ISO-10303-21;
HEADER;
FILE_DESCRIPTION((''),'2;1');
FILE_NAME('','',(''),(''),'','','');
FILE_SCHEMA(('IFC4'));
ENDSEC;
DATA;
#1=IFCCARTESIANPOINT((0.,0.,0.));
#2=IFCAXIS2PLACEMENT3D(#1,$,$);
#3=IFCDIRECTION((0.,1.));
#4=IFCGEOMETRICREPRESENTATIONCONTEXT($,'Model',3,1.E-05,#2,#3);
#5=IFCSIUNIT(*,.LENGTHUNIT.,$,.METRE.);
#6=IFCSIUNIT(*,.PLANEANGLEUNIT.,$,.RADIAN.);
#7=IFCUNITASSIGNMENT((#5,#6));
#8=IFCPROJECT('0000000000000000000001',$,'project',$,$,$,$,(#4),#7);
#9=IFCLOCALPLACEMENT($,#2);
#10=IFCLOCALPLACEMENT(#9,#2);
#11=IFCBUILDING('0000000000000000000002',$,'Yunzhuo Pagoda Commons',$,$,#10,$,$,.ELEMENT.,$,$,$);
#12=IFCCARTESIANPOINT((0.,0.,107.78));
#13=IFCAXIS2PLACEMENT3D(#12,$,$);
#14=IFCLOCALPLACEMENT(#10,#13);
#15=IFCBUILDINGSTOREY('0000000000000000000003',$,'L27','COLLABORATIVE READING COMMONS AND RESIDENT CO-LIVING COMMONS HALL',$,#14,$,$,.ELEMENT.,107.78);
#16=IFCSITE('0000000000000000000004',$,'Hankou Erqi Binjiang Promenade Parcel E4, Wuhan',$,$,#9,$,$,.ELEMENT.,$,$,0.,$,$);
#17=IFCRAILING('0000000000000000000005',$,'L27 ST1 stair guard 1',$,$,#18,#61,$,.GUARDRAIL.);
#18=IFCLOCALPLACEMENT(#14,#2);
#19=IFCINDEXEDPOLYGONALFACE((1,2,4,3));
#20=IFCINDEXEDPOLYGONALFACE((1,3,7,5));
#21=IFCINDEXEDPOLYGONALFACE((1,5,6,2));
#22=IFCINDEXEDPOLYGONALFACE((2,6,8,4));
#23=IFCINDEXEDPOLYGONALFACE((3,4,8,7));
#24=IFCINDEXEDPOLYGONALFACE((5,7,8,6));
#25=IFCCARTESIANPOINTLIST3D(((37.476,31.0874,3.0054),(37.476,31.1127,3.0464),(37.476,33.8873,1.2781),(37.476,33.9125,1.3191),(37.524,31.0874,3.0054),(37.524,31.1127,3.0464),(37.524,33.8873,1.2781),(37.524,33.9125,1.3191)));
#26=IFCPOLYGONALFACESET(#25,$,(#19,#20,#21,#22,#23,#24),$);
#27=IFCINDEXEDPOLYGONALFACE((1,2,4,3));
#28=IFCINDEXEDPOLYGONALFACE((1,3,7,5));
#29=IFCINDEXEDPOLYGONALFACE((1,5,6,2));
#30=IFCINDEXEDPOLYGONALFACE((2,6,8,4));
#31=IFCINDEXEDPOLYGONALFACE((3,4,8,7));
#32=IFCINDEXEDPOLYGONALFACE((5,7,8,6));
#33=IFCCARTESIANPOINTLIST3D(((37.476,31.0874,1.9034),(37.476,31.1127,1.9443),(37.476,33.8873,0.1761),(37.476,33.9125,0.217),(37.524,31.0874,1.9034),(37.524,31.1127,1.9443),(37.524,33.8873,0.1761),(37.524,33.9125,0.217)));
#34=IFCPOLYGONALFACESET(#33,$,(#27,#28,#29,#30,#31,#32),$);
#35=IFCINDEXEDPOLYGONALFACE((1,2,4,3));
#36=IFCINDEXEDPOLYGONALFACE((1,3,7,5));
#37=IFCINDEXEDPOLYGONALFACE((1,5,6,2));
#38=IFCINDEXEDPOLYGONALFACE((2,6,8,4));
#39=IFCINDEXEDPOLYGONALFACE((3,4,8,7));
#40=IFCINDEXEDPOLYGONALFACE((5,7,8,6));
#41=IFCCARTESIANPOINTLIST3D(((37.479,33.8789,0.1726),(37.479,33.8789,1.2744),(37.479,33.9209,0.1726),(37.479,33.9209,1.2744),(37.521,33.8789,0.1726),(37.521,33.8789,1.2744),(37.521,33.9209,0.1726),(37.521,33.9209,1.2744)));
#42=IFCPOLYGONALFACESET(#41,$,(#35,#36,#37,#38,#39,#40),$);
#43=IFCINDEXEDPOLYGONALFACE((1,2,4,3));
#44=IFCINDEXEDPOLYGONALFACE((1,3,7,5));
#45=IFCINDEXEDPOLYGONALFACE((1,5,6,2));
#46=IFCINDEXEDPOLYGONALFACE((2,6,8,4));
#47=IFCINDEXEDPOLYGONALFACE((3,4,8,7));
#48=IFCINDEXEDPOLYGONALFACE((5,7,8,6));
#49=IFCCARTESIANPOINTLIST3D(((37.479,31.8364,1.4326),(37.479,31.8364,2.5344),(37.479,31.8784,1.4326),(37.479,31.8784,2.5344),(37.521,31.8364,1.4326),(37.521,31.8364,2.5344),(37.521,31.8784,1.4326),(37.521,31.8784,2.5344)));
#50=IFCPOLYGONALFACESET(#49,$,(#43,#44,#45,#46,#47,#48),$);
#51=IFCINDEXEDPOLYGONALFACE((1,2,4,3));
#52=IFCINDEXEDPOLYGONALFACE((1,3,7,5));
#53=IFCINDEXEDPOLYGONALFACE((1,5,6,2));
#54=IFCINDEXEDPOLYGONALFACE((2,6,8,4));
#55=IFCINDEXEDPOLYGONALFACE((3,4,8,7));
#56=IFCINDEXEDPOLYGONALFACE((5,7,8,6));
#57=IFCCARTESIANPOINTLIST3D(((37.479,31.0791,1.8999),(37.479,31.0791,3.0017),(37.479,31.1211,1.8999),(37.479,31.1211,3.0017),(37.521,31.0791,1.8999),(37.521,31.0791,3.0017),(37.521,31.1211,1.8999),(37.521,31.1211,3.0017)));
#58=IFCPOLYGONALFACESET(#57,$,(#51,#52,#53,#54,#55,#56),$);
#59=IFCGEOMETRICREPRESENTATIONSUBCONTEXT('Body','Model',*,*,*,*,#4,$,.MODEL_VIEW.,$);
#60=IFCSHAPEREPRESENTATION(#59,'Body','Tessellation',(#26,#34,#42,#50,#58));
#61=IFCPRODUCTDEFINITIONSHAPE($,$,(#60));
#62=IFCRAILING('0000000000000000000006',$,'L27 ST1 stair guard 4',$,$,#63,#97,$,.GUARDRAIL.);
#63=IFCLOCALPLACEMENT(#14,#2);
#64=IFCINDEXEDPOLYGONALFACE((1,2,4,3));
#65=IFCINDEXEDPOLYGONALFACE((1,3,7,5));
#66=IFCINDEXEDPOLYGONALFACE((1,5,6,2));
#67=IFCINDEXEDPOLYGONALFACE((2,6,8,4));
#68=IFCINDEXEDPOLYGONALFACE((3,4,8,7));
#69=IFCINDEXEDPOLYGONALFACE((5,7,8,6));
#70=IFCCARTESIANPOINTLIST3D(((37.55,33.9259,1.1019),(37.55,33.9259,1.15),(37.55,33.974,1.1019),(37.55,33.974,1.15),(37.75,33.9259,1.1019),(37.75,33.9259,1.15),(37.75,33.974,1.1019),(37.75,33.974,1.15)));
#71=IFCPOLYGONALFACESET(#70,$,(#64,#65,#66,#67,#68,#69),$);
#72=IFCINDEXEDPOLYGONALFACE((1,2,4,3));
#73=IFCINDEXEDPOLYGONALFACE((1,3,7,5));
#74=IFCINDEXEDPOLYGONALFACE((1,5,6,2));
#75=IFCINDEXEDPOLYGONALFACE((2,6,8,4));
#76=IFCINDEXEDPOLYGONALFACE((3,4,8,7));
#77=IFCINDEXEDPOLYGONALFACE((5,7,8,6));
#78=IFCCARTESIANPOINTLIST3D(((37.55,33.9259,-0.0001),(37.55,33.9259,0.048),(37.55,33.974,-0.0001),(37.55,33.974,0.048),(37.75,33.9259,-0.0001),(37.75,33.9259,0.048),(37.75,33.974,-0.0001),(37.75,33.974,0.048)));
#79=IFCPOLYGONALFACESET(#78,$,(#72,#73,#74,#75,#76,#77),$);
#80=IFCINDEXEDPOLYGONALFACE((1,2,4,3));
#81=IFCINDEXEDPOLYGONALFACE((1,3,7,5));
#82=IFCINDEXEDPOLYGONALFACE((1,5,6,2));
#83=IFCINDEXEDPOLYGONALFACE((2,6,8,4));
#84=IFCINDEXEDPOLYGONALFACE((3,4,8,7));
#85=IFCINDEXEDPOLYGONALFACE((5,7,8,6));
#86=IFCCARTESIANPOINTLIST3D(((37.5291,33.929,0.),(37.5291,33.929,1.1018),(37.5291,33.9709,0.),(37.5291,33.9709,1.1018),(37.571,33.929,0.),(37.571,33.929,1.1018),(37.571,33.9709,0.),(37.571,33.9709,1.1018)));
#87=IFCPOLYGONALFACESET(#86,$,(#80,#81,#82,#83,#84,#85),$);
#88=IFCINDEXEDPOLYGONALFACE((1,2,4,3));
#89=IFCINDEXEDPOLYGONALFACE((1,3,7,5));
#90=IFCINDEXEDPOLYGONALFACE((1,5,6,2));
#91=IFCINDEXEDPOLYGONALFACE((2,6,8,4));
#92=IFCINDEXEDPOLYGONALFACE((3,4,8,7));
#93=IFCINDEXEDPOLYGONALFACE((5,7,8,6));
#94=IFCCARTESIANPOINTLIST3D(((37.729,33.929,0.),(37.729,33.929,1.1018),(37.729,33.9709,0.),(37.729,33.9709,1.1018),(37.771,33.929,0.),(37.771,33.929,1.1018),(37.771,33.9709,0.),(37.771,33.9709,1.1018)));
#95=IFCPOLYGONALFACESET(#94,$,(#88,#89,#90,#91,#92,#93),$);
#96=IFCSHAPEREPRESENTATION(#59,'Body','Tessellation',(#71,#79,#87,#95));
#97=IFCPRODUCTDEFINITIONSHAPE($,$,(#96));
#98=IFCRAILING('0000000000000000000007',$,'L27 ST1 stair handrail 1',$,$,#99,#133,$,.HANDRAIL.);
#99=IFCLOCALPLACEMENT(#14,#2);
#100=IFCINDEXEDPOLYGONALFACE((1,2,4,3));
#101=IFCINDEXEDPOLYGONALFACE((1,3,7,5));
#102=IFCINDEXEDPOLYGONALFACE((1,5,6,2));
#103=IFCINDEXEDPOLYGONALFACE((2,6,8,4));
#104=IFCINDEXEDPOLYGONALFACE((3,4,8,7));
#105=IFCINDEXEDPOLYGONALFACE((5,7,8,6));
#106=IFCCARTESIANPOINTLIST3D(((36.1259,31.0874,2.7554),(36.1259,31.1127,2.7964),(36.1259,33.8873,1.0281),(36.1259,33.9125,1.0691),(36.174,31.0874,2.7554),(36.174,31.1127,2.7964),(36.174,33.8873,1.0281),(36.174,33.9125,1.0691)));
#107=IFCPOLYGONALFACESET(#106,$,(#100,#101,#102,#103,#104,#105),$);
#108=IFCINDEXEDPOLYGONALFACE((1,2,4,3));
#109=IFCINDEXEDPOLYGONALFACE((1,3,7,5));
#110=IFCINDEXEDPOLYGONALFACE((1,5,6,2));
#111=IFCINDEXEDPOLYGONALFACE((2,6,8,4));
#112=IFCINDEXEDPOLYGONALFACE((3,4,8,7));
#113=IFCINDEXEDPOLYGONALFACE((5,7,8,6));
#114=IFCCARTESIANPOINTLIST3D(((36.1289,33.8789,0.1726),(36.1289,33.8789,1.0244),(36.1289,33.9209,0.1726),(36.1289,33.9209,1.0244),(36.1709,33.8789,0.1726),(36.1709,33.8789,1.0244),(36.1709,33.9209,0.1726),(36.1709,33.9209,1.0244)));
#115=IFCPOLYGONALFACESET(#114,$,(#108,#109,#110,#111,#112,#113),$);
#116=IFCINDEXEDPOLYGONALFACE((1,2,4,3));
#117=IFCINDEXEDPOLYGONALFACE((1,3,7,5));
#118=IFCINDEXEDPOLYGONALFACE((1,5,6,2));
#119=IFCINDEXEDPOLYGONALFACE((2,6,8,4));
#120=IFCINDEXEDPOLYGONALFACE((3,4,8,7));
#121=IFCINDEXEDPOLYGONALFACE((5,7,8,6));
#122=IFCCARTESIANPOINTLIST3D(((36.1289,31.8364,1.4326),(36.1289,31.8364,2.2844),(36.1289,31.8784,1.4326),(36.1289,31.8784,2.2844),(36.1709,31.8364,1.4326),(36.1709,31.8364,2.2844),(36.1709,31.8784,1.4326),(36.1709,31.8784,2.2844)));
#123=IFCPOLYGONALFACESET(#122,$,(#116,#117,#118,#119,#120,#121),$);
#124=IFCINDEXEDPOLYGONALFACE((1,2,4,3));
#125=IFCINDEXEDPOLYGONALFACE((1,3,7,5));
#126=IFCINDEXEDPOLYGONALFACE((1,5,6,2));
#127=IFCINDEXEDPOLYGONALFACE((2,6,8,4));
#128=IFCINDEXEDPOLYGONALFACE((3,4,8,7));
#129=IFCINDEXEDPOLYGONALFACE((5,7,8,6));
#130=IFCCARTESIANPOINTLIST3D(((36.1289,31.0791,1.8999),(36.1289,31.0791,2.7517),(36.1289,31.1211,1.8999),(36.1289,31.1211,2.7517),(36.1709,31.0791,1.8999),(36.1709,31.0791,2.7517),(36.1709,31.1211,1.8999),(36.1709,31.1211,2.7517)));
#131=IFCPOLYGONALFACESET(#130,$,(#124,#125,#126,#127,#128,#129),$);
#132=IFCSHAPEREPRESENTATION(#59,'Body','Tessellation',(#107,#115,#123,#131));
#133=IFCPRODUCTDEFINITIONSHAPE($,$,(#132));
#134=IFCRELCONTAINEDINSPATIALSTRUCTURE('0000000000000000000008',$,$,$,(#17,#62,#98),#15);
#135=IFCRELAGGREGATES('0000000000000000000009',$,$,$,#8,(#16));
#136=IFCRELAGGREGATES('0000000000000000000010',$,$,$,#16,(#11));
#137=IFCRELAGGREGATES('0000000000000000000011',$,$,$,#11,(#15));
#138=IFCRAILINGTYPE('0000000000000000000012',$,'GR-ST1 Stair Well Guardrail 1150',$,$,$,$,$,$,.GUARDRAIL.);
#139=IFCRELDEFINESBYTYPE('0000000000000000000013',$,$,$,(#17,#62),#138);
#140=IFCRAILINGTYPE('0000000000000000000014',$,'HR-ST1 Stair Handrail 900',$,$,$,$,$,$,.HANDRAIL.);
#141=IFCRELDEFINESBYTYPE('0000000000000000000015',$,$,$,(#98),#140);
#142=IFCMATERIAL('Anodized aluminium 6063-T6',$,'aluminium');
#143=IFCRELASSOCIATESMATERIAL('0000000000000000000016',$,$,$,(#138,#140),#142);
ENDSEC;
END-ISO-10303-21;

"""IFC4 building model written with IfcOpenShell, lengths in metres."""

from ifc_helpers import new_model, si_unit, direction, frame, origin, origin_2d, place, context, subcontext, project, spatial, rectangle, extrude, material, type_object, element, save


model = new_model("IFC4")

# Units and contexts
model_context = context("Model", 3, precision=1e-05, world=origin(), true_north=direction((0.0, 1.0)))
body_context = subcontext(model_context, "Body", "Model", "MODEL_VIEW")
ifc_project = project(units=[si_unit("LENGTHUNIT", "METRE"), si_unit("PLANEANGLEUNIT", "RADIAN")], contexts=[model_context])

# Site, building, storey
site_placement = place(None, origin())
site = spatial("IfcSite", under=ifc_project, at=site_placement, Name="Hankou Erqi Binjiang Promenade Parcel E4, Wuhan", CompositionType="ELEMENT", RefElevation=0.0)
building_placement = place(site_placement, origin())
building = spatial("IfcBuilding", under=site, at=building_placement, Name="Yunzhuo Pagoda Commons", CompositionType="ELEMENT")
storey_placement = place(building_placement, frame((0.0, 0.0, 107.78)))
storey = spatial("IfcBuildingStorey", under=building, at=storey_placement, Name="L27", Description="COLLABORATIVE READING COMMONS AND RESIDENT CO-LIVING COMMONS HALL", CompositionType="ELEMENT", Elevation=107.78)

# Railings
ifc_material_1 = material(Name="Anodized aluminium 6063-T6", Category="aluminium")
railing_type_1 = type_object("IfcRailingType", Name="GR-ST1 Stair Well Guardrail 1150", PredefinedType="GUARDRAIL", material=ifc_material_1)
railing_1_placement = place(storey_placement, frame((37.5, 33.8999, 0.1726)))
element("IfcRailing", 1, at=railing_1_placement, inside=storey, type_object=railing_type_1, Name="L27 ST1 stair guard 1", PredefinedType="GUARDRAIL", context=body_context, shape_type="SweptSolid", body=[
    extrude(rectangle(XDim=0.0481, YDim=0.0481, at=origin_2d()), frame((0.0, 0.0, 1.126), z_axis=(0.0, -0.851069, 0.525054), x_axis=(1.0, 0.0, 0.0)), (0.0, 0.0, 1.0), 3.2898),
    extrude(rectangle(XDim=0.0481, YDim=0.0481, at=origin_2d()), frame((0.0, 0.0, 0.0239), z_axis=(0.0, -0.851069, 0.525054), x_axis=(1.0, 0.0, 0.0)), (0.0, 0.0, 1.0), 3.2898),
    extrude(rectangle(XDim=0.042, YDim=0.042, at=origin_2d()), origin(), (0.0, 0.0, 1.0), 1.1018),
    extrude(rectangle(XDim=0.042, YDim=0.042, at=origin_2d()), frame((0.0, -2.0425, 1.26)), (0.0, 0.0, 1.0), 1.1018),
    extrude(rectangle(XDim=0.042, YDim=0.042, at=origin_2d()), frame((0.0, -2.7998, 1.7273)), (0.0, 0.0, 1.0), 1.1018),
])
railing_2_placement = place(storey_placement, frame((37.55, 33.95, 0.0)))
element("IfcRailing", 2, at=railing_2_placement, inside=storey, type_object=railing_type_1, Name="L27 ST1 stair guard 4", PredefinedType="GUARDRAIL", context=body_context, shape_type="SweptSolid", body=[
    extrude(rectangle(XDim=0.0481, YDim=0.0481, at=origin_2d()), frame((0.0, 0.0, 1.126), z_axis=(1.0, 0.0, 0.0), x_axis=(0.0, 1.0, 0.0)), (0.0, 0.0, 1.0), 0.2),
    extrude(rectangle(XDim=0.0481, YDim=0.0481, at=origin_2d()), frame((0.0, 0.0, 0.0239), z_axis=(1.0, 0.0, 0.0), x_axis=(0.0, 1.0, 0.0)), (0.0, 0.0, 1.0), 0.2),
    extrude(rectangle(XDim=0.042, YDim=0.042, at=origin_2d()), origin(), (0.0, 0.0, 1.0), 1.1018),
    extrude(rectangle(XDim=0.042, YDim=0.042, at=origin_2d()), frame((0.2, 0.0, 0.0)), (0.0, 0.0, 1.0), 1.1018),
])
railing_type_2 = type_object("IfcRailingType", Name="HR-ST1 Stair Handrail 900", PredefinedType="HANDRAIL", material=ifc_material_1)
railing_3_placement = place(storey_placement, frame((36.1499, 33.8999, 0.1726)))
element("IfcRailing", 3, at=railing_3_placement, inside=storey, type_object=railing_type_2, Name="L27 ST1 stair handrail 1", PredefinedType="HANDRAIL", context=body_context, shape_type="SweptSolid", body=[
    extrude(rectangle(XDim=0.0481, YDim=0.0481, at=origin_2d()), frame((0.0, 0.0, 0.876), z_axis=(0.0, -0.851069, 0.525054), x_axis=(1.0, 0.0, 0.0)), (0.0, 0.0, 1.0), 3.2898),
    extrude(rectangle(XDim=0.042, YDim=0.042, at=origin_2d()), origin(), (0.0, 0.0, 1.0), 0.8518),
    extrude(rectangle(XDim=0.042, YDim=0.042, at=origin_2d()), frame((0.0, -2.0425, 1.26)), (0.0, 0.0, 1.0), 0.8518),
    extrude(rectangle(XDim=0.042, YDim=0.042, at=origin_2d()), frame((0.0, -2.7998, 1.7273)), (0.0, 0.0, 1.0), 0.8518),
])

save(model, "model.ifc")
